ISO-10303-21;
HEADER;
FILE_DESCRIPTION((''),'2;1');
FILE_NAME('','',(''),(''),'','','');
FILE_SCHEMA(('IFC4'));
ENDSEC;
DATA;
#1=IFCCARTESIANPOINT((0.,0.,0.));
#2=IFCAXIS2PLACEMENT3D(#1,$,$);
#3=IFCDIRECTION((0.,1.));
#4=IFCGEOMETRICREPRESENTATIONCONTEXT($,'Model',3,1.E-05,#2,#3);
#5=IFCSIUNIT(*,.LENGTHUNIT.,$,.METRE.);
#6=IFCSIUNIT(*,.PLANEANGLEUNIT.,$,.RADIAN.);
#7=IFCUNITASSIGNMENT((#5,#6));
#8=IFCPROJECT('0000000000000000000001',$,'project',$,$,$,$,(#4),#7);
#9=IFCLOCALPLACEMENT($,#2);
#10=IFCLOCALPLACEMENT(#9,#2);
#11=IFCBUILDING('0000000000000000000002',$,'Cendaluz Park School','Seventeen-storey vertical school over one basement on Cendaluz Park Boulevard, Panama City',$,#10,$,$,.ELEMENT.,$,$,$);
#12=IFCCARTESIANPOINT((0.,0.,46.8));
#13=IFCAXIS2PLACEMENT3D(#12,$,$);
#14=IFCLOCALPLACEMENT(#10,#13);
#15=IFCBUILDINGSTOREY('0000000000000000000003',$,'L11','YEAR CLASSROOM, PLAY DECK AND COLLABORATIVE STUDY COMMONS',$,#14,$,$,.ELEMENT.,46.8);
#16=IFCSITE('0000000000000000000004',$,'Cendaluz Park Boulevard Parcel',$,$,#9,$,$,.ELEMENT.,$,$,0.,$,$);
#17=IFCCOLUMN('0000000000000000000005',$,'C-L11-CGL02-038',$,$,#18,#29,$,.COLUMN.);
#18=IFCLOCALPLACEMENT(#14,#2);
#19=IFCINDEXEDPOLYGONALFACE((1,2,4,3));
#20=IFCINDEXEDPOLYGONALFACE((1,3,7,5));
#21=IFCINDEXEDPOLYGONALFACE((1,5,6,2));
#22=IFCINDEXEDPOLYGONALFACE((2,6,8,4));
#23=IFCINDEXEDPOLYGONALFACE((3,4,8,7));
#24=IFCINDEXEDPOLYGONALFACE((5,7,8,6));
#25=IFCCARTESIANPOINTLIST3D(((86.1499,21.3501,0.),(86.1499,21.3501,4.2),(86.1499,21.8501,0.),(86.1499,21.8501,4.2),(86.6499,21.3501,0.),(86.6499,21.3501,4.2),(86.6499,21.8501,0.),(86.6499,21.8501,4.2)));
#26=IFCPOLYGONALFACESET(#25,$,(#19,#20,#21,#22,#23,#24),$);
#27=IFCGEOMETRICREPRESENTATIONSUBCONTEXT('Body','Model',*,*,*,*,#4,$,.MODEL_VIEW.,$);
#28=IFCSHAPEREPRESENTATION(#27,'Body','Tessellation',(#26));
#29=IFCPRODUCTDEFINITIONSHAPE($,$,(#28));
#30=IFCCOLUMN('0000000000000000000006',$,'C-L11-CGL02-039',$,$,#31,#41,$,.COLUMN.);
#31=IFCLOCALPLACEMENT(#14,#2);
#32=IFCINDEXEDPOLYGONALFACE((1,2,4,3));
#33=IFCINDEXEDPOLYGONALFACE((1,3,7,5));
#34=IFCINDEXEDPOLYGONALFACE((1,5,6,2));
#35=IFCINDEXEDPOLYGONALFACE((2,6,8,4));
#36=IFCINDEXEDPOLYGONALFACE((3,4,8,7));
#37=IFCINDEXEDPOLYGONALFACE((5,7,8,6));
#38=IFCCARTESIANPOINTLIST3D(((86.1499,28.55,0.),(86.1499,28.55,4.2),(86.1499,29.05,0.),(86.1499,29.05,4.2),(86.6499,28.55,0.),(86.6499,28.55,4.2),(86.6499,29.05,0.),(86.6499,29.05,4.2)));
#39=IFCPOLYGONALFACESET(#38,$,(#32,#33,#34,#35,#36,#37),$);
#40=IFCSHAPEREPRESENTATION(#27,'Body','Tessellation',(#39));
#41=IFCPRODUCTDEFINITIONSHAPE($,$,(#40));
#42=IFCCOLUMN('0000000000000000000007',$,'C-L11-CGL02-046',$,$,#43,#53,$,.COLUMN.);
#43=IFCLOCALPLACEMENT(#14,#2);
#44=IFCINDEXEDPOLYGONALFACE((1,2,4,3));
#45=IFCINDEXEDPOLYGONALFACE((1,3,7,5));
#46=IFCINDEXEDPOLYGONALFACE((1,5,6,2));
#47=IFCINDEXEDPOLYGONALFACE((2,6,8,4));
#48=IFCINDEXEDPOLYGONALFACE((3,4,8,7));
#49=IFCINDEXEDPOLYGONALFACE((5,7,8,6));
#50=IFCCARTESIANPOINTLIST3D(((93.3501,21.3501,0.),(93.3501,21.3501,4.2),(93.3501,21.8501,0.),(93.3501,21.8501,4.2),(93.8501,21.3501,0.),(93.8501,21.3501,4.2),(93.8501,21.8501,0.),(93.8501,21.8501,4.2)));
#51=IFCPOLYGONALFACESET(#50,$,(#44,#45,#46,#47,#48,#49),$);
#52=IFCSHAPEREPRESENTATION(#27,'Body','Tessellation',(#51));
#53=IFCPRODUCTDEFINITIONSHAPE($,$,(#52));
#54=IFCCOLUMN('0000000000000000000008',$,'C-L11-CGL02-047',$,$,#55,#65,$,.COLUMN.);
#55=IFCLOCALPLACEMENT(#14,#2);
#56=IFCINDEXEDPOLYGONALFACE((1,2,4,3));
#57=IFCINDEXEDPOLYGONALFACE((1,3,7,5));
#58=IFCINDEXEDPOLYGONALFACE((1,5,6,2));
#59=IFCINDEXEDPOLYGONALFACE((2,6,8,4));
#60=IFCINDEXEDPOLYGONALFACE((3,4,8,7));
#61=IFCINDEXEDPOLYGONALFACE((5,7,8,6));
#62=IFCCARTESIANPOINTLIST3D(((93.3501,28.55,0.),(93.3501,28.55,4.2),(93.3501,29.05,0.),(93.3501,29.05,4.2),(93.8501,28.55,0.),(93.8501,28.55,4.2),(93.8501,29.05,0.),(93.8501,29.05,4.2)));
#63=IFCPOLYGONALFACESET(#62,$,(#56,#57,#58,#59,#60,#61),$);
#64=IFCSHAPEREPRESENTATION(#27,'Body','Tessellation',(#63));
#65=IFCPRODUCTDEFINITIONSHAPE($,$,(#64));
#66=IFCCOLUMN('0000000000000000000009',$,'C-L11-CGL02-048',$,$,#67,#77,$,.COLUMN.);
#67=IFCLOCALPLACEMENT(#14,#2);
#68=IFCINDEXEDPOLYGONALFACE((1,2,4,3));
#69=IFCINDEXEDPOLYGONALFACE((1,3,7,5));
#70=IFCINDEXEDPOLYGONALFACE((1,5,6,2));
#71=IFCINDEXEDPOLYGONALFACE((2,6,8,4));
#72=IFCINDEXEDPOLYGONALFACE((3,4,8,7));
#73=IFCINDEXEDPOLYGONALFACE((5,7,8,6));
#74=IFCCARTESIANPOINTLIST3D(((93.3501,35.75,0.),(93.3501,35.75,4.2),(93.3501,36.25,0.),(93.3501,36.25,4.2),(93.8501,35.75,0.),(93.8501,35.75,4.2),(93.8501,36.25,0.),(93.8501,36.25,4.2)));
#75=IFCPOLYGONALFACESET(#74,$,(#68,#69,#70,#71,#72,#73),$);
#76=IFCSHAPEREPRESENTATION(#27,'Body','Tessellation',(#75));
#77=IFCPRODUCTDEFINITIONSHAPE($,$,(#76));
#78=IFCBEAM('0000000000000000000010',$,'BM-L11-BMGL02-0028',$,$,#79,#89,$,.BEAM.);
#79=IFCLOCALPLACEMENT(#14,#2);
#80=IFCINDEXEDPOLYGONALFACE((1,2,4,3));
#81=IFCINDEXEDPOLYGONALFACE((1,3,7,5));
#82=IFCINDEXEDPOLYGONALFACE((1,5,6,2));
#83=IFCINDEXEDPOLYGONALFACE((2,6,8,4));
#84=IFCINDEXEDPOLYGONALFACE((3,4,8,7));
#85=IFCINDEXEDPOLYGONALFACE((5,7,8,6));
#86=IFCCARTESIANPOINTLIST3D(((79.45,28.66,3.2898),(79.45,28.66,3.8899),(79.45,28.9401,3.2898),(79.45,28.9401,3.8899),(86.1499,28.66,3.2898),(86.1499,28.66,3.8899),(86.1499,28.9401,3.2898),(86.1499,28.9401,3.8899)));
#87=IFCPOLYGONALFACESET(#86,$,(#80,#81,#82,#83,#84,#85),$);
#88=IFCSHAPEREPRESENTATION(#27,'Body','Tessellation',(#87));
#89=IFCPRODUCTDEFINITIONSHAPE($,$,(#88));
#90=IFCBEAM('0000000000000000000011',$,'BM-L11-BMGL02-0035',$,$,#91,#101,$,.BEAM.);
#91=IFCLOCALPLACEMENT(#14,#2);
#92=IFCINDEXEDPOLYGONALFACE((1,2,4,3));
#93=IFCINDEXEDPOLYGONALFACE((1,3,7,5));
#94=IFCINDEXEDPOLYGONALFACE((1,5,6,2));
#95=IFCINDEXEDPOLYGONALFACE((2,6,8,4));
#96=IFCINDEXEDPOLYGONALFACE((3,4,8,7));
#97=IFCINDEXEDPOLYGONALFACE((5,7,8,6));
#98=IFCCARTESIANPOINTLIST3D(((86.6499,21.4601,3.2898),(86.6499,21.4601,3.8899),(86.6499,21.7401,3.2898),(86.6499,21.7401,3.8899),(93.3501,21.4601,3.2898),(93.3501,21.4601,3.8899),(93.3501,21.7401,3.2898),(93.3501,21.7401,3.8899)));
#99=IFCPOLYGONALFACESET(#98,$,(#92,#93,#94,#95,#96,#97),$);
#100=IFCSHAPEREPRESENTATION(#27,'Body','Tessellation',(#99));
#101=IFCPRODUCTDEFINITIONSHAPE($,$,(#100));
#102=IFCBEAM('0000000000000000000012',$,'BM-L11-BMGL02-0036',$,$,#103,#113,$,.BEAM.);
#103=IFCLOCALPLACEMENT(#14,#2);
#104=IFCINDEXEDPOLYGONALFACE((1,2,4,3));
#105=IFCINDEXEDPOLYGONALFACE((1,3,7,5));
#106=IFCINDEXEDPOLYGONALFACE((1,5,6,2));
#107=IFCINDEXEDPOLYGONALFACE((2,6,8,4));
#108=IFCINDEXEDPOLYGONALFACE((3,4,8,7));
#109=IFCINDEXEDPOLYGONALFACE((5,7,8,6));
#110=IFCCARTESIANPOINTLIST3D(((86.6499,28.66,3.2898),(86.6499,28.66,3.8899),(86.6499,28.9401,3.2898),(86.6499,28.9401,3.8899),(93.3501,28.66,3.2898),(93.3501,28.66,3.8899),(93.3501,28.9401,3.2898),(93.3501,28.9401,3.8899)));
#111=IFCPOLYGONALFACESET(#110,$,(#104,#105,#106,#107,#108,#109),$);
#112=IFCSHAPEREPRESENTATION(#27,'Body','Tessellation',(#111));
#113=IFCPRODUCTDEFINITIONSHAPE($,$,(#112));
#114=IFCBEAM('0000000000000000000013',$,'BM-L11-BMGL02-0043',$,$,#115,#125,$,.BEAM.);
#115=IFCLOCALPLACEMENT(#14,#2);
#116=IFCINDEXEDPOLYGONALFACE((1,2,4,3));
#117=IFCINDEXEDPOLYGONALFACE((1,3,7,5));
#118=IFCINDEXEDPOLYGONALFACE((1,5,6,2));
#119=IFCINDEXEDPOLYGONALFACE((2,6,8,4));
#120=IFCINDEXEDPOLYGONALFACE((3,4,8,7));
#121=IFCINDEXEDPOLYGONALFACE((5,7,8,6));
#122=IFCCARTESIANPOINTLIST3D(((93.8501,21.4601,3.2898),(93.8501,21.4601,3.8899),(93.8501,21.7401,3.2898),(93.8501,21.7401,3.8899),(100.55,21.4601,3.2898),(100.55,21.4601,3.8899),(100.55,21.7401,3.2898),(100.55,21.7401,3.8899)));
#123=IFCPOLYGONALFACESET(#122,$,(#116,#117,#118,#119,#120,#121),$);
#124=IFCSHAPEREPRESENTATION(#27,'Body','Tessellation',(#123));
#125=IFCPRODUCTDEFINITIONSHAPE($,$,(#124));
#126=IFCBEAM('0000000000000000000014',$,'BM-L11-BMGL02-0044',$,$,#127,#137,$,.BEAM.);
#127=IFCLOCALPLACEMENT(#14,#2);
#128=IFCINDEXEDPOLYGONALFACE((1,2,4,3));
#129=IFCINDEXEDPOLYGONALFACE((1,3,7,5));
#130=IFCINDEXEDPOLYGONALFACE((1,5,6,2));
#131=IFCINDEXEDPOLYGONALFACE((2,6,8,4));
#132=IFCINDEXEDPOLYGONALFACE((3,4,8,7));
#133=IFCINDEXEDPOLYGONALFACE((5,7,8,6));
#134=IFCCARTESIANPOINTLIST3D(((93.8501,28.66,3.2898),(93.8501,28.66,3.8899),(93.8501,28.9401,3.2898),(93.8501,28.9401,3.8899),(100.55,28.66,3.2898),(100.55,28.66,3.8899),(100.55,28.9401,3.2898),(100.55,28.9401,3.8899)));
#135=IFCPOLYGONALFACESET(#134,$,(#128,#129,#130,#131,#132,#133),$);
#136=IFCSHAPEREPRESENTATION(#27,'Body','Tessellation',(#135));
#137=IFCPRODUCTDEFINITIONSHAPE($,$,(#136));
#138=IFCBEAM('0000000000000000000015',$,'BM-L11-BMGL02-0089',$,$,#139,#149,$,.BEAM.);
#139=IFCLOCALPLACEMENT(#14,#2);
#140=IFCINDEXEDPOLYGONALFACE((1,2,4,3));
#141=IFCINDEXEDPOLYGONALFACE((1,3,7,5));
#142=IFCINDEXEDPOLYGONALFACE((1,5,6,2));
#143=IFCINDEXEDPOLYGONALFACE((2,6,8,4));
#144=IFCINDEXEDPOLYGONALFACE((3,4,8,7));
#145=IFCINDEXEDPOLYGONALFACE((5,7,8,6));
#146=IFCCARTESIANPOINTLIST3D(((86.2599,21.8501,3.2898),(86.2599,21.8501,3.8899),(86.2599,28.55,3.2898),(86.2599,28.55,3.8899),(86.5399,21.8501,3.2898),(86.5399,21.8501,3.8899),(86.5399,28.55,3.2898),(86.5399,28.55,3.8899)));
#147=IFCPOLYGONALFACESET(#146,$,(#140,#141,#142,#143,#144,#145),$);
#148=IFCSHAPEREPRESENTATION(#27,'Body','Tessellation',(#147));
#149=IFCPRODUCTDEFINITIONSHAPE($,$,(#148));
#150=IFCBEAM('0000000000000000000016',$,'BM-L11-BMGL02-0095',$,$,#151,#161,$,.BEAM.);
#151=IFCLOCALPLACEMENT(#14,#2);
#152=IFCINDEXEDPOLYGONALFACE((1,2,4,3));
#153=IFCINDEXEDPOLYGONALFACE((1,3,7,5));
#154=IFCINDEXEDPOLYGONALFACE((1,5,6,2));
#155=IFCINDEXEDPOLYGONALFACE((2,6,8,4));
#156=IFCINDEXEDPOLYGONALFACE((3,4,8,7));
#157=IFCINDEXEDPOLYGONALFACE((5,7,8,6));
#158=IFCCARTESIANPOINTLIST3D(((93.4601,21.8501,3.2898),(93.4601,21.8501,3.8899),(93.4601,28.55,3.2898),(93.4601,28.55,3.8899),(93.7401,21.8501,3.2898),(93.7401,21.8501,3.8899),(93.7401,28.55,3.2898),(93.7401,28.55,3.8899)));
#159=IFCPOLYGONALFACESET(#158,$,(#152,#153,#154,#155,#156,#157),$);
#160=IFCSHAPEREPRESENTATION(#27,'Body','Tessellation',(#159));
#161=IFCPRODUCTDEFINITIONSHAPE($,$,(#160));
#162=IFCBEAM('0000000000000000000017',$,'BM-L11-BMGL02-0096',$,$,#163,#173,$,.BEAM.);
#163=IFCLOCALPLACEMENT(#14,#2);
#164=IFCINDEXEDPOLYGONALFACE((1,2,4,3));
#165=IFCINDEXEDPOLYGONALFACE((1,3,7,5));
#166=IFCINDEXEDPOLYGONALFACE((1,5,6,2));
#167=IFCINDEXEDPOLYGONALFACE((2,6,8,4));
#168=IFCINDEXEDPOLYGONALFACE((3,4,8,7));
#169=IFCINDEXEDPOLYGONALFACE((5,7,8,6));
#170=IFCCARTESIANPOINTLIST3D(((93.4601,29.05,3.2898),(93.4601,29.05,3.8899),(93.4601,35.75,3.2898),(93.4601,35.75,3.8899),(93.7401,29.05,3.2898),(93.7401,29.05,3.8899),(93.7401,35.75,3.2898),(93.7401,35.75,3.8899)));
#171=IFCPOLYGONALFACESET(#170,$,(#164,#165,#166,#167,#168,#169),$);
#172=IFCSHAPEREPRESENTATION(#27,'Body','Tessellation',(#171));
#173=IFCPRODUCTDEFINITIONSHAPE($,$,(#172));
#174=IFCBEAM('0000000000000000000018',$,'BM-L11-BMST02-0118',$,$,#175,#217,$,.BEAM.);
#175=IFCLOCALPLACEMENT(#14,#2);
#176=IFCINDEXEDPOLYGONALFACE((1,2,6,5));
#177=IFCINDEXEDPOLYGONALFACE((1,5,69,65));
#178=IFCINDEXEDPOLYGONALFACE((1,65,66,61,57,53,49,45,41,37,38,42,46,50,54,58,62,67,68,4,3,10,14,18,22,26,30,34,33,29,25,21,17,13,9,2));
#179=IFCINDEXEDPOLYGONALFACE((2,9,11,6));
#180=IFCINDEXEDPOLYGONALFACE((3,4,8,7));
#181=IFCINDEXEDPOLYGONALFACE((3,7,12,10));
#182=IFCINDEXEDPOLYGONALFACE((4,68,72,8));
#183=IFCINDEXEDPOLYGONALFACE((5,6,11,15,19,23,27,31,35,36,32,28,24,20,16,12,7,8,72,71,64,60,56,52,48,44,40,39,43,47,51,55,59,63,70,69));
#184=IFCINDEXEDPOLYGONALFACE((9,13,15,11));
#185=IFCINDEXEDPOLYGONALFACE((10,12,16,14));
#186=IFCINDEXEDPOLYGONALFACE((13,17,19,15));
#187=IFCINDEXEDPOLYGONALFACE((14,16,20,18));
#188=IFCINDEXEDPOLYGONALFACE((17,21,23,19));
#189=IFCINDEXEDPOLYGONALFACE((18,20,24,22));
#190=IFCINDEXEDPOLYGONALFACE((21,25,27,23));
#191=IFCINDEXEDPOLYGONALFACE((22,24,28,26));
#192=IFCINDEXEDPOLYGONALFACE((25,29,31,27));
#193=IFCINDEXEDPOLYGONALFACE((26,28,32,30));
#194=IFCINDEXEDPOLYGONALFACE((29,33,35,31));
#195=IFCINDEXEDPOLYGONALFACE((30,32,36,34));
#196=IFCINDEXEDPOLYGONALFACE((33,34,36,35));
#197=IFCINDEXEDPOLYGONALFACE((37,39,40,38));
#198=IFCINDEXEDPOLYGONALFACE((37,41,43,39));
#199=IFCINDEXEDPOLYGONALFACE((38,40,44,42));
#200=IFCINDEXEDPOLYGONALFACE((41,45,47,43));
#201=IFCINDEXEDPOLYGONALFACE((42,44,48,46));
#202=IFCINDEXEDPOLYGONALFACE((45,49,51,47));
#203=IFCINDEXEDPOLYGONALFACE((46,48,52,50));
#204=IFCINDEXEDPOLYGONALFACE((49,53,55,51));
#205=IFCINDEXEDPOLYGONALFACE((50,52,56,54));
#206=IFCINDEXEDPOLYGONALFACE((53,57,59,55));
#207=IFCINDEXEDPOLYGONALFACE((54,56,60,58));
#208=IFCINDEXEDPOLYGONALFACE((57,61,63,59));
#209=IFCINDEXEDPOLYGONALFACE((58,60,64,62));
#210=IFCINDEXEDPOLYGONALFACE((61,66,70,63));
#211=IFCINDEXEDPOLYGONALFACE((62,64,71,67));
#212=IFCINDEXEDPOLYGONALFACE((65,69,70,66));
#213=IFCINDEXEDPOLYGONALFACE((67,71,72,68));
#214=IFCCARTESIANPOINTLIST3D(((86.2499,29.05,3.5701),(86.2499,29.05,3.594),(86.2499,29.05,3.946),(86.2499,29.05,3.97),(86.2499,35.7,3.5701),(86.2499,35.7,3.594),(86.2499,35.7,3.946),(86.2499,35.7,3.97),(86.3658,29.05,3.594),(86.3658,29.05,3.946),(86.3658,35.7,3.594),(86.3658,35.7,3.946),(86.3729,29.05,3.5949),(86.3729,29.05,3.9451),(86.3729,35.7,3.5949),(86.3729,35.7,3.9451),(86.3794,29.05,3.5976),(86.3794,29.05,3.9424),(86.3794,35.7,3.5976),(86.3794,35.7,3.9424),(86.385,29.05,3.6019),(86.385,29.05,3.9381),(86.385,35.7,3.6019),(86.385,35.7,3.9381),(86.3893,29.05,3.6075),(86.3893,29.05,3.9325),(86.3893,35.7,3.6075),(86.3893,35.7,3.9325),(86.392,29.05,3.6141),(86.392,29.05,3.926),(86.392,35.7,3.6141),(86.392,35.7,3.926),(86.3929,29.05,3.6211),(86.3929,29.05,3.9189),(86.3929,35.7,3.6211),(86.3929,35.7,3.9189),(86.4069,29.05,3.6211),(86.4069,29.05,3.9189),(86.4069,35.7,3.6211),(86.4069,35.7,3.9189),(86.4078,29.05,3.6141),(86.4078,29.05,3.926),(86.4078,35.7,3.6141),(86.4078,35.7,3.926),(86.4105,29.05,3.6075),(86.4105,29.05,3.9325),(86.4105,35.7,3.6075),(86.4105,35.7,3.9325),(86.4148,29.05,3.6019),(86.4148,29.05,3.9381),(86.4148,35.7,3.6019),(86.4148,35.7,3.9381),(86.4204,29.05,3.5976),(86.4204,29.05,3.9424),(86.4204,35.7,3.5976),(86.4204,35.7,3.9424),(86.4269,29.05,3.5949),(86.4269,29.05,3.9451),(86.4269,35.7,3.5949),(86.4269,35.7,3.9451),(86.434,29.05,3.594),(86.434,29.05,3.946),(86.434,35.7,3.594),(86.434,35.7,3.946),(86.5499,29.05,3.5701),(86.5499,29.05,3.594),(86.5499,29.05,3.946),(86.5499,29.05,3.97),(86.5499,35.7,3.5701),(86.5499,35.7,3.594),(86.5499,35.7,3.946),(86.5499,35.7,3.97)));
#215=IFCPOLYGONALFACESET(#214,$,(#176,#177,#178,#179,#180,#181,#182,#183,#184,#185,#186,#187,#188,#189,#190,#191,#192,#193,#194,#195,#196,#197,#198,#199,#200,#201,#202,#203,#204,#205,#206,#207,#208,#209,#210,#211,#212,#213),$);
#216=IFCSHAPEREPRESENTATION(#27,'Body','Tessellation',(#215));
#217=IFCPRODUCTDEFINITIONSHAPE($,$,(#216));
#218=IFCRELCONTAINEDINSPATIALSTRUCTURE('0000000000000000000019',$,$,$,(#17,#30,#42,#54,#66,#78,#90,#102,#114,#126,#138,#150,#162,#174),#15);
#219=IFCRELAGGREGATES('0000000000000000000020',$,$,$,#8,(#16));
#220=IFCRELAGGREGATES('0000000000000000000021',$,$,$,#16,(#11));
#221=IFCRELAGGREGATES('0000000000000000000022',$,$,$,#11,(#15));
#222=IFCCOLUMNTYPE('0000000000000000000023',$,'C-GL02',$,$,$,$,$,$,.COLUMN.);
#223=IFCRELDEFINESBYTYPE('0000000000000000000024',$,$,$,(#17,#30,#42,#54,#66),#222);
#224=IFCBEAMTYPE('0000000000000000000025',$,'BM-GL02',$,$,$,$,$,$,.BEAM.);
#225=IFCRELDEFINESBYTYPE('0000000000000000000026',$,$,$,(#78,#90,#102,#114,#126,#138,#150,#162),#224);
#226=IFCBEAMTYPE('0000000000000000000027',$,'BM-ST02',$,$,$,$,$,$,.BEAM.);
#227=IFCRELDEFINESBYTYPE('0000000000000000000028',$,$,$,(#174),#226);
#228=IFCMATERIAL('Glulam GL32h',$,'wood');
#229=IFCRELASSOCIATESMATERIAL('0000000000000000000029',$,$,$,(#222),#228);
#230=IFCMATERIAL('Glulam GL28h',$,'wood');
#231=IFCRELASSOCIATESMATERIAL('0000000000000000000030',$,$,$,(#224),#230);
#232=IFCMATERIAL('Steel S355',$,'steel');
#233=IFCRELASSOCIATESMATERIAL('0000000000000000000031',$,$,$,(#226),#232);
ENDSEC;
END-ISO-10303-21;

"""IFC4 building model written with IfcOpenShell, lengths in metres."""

from ifc_helpers import new_model, si_unit, direction, frame, origin, origin_2d, place, context, subcontext, project, spatial, rectangle, i_section, extrude, material, material_profile, profile_set, type_object, element, save


model = new_model("IFC4")

# Units and contexts
model_context = context("Model", 3, precision=1e-05, world=origin(), true_north=direction((0.0, 1.0)))
body_context = subcontext(model_context, "Body", "Model", "MODEL_VIEW")
ifc_project = project(units=[si_unit("LENGTHUNIT", "METRE"), si_unit("PLANEANGLEUNIT", "RADIAN")], contexts=[model_context])

# Site, building, storey
site_placement = place(None, origin())
site = spatial("IfcSite", under=ifc_project, at=site_placement, Name="Cendaluz Park Boulevard Parcel", CompositionType="ELEMENT", RefElevation=0.0)
building_placement = place(site_placement, origin())
building = spatial("IfcBuilding", under=site, at=building_placement, Name="Cendaluz Park School", Description="Seventeen-storey vertical school over one basement on Cendaluz Park Boulevard, Panama City", CompositionType="ELEMENT")
storey_placement = place(building_placement, frame((0.0, 0.0, 46.8)))
storey = spatial("IfcBuildingStorey", under=building, at=storey_placement, Name="L11", Description="YEAR CLASSROOM, PLAY DECK AND COLLABORATIVE STUDY COMMONS", CompositionType="ELEMENT", Elevation=46.8)

# Columns
ifc_material_1 = material(Name="Glulam GL32h", Category="wood")
ifc_material_profile_1 = material_profile(ifc_material_1, rectangle(XDim=0.5, YDim=0.5, at=origin_2d()), Name="GL32h 500x500", Category="wood")
ifc_profile_set_1 = profile_set([ifc_material_profile_1], Name="Glulam GL32h")
column_type = type_object("IfcColumnType", Name="C-GL02", PredefinedType="COLUMN", material=ifc_profile_set_1)
for number, where, z_axis, x_axis, name in (
    (1, (86.3999, 21.6001, 0.0), (0.0, 0.0, 1.0), (1.0, 0.0, 0.0), "C-L11-CGL02-038"),
    (2, (86.3999, 28.8, 0.0), (0.0, 0.0, 1.0), (1.0, 0.0, 0.0), "C-L11-CGL02-039"),
    (3, (93.6001, 21.6001, 0.0), (0.0, 0.0, 1.0), (1.0, 0.0, 0.0), "C-L11-CGL02-046"),
    (4, (93.6001, 28.8, 0.0), (0.0, 0.0, 1.0), (1.0, 0.0, 0.0), "C-L11-CGL02-047"),
    (5, (93.6001, 36.0, 0.0), (0.0, 0.0, 1.0), (1.0, 0.0, 0.0), "C-L11-CGL02-048"),
):
    element("IfcColumn", number, at=place(storey_placement, frame(where, z_axis=z_axis, x_axis=x_axis)), inside=storey, type_object=column_type, Name=name, PredefinedType="COLUMN", context=body_context, shape_type="SweptSolid", body=[
        extrude(rectangle(XDim=0.5, YDim=0.5, at=origin_2d()), origin(), (0.0, 0.0, 1.0), 4.2),
    ])

# Beams
ifc_material_2 = material(Name="Glulam GL28h", Category="wood")
ifc_material_profile_2 = material_profile(ifc_material_2, rectangle(XDim=0.28, YDim=0.6001, at=origin_2d()), Name="GL28h 280x600", Category="wood")
ifc_profile_set_2 = profile_set([ifc_material_profile_2], Name="Glulam GL28h")
beam_type_1 = type_object("IfcBeamType", Name="BM-GL02", PredefinedType="BEAM", material=ifc_profile_set_2)
beam_1_placement = place(storey_placement, frame((79.45, 28.8, 3.5898), z_axis=(1.0, 0.0, 0.0), x_axis=(0.0, 1.0, 0.0)))
element("IfcBeam", 6, at=beam_1_placement, inside=storey, type_object=beam_type_1, Name="BM-L11-BMGL02-0028", PredefinedType="BEAM", context=body_context, shape_type="SweptSolid", body=[
    extrude(rectangle(XDim=0.28, YDim=0.6001, at=origin_2d()), origin(), (0.0, 0.0, 1.0), 6.7),
])
for number, where, z_axis, x_axis, name in (
    (7, (86.6499, 21.6001, 3.5898), (1.0, 0.0, 0.0), (0.0, 1.0, 0.0), "BM-L11-BMGL02-0035"),
    (8, (86.6499, 28.8, 3.5898), (1.0, 0.0, 0.0), (0.0, 1.0, 0.0), "BM-L11-BMGL02-0036"),
):
    element("IfcBeam", number, at=place(storey_placement, frame(where, z_axis=z_axis, x_axis=x_axis)), inside=storey, type_object=beam_type_1, Name=name, PredefinedType="BEAM", context=body_context, shape_type="SweptSolid", body=[
        extrude(rectangle(XDim=0.28, YDim=0.6001, at=origin_2d()), origin(), (0.0, 0.0, 1.0), 6.7002),
    ])
for number, where, z_axis, x_axis, name in (
    (9, (93.8501, 21.6001, 3.5898), (1.0, 0.0, 0.0), (0.0, 1.0, 0.0), "BM-L11-BMGL02-0043"),
    (10, (93.8501, 28.8, 3.5898), (1.0, 0.0, 0.0), (0.0, 1.0, 0.0), "BM-L11-BMGL02-0044"),
    (11, (86.3999, 21.8501, 3.5898), (0.0, 1.0, 0.0), (-1.0, 0.0, 0.0), "BM-L11-BMGL02-0089"),
    (12, (93.6001, 21.8501, 3.5898), (0.0, 1.0, 0.0), (-1.0, 0.0, 0.0), "BM-L11-BMGL02-0095"),
    (13, (93.6001, 29.05, 3.5898), (0.0, 1.0, 0.0), (-1.0, 0.0, 0.0), "BM-L11-BMGL02-0096"),
):
    element("IfcBeam", number, at=place(storey_placement, frame(where, z_axis=z_axis, x_axis=x_axis)), inside=storey, type_object=beam_type_1, Name=name, PredefinedType="BEAM", context=body_context, shape_type="SweptSolid", body=[
        extrude(rectangle(XDim=0.28, YDim=0.6001, at=origin_2d()), origin(), (0.0, 0.0, 1.0), 6.7),
    ])
ifc_material_3 = material(Name="Steel S355", Category="steel")
ifc_material_profile_3 = material_profile(ifc_material_3, i_section(OverallWidth=0.3, OverallDepth=0.3999, WebThickness=0.0139, FlangeThickness=0.0239, FilletRadius=0.0271, at=origin_2d()), Name="HEB 400", Category="steel")
ifc_profile_set_3 = profile_set([ifc_material_profile_3], Name="Steel S355")
beam_type_2 = type_object("IfcBeamType", Name="BM-ST02", PredefinedType="BEAM", material=ifc_profile_set_3)
beam_2_placement = place(storey_placement, frame((86.3999, 29.05, 3.77), z_axis=(0.0, 1.0, 0.0), x_axis=(-1.0, 0.0, 0.0)))
element("IfcBeam", 14, at=beam_2_placement, inside=storey, type_object=beam_type_2, Name="BM-L11-BMST02-0118", PredefinedType="BEAM", context=body_context, shape_type="SweptSolid", body=[
    extrude(i_section(OverallWidth=0.3, OverallDepth=0.3999, WebThickness=0.0139, FlangeThickness=0.0239, FilletRadius=0.0271, at=origin_2d()), origin(), (0.0, 0.0, 1.0), 6.6499),
])

save(model, "model.ifc")
